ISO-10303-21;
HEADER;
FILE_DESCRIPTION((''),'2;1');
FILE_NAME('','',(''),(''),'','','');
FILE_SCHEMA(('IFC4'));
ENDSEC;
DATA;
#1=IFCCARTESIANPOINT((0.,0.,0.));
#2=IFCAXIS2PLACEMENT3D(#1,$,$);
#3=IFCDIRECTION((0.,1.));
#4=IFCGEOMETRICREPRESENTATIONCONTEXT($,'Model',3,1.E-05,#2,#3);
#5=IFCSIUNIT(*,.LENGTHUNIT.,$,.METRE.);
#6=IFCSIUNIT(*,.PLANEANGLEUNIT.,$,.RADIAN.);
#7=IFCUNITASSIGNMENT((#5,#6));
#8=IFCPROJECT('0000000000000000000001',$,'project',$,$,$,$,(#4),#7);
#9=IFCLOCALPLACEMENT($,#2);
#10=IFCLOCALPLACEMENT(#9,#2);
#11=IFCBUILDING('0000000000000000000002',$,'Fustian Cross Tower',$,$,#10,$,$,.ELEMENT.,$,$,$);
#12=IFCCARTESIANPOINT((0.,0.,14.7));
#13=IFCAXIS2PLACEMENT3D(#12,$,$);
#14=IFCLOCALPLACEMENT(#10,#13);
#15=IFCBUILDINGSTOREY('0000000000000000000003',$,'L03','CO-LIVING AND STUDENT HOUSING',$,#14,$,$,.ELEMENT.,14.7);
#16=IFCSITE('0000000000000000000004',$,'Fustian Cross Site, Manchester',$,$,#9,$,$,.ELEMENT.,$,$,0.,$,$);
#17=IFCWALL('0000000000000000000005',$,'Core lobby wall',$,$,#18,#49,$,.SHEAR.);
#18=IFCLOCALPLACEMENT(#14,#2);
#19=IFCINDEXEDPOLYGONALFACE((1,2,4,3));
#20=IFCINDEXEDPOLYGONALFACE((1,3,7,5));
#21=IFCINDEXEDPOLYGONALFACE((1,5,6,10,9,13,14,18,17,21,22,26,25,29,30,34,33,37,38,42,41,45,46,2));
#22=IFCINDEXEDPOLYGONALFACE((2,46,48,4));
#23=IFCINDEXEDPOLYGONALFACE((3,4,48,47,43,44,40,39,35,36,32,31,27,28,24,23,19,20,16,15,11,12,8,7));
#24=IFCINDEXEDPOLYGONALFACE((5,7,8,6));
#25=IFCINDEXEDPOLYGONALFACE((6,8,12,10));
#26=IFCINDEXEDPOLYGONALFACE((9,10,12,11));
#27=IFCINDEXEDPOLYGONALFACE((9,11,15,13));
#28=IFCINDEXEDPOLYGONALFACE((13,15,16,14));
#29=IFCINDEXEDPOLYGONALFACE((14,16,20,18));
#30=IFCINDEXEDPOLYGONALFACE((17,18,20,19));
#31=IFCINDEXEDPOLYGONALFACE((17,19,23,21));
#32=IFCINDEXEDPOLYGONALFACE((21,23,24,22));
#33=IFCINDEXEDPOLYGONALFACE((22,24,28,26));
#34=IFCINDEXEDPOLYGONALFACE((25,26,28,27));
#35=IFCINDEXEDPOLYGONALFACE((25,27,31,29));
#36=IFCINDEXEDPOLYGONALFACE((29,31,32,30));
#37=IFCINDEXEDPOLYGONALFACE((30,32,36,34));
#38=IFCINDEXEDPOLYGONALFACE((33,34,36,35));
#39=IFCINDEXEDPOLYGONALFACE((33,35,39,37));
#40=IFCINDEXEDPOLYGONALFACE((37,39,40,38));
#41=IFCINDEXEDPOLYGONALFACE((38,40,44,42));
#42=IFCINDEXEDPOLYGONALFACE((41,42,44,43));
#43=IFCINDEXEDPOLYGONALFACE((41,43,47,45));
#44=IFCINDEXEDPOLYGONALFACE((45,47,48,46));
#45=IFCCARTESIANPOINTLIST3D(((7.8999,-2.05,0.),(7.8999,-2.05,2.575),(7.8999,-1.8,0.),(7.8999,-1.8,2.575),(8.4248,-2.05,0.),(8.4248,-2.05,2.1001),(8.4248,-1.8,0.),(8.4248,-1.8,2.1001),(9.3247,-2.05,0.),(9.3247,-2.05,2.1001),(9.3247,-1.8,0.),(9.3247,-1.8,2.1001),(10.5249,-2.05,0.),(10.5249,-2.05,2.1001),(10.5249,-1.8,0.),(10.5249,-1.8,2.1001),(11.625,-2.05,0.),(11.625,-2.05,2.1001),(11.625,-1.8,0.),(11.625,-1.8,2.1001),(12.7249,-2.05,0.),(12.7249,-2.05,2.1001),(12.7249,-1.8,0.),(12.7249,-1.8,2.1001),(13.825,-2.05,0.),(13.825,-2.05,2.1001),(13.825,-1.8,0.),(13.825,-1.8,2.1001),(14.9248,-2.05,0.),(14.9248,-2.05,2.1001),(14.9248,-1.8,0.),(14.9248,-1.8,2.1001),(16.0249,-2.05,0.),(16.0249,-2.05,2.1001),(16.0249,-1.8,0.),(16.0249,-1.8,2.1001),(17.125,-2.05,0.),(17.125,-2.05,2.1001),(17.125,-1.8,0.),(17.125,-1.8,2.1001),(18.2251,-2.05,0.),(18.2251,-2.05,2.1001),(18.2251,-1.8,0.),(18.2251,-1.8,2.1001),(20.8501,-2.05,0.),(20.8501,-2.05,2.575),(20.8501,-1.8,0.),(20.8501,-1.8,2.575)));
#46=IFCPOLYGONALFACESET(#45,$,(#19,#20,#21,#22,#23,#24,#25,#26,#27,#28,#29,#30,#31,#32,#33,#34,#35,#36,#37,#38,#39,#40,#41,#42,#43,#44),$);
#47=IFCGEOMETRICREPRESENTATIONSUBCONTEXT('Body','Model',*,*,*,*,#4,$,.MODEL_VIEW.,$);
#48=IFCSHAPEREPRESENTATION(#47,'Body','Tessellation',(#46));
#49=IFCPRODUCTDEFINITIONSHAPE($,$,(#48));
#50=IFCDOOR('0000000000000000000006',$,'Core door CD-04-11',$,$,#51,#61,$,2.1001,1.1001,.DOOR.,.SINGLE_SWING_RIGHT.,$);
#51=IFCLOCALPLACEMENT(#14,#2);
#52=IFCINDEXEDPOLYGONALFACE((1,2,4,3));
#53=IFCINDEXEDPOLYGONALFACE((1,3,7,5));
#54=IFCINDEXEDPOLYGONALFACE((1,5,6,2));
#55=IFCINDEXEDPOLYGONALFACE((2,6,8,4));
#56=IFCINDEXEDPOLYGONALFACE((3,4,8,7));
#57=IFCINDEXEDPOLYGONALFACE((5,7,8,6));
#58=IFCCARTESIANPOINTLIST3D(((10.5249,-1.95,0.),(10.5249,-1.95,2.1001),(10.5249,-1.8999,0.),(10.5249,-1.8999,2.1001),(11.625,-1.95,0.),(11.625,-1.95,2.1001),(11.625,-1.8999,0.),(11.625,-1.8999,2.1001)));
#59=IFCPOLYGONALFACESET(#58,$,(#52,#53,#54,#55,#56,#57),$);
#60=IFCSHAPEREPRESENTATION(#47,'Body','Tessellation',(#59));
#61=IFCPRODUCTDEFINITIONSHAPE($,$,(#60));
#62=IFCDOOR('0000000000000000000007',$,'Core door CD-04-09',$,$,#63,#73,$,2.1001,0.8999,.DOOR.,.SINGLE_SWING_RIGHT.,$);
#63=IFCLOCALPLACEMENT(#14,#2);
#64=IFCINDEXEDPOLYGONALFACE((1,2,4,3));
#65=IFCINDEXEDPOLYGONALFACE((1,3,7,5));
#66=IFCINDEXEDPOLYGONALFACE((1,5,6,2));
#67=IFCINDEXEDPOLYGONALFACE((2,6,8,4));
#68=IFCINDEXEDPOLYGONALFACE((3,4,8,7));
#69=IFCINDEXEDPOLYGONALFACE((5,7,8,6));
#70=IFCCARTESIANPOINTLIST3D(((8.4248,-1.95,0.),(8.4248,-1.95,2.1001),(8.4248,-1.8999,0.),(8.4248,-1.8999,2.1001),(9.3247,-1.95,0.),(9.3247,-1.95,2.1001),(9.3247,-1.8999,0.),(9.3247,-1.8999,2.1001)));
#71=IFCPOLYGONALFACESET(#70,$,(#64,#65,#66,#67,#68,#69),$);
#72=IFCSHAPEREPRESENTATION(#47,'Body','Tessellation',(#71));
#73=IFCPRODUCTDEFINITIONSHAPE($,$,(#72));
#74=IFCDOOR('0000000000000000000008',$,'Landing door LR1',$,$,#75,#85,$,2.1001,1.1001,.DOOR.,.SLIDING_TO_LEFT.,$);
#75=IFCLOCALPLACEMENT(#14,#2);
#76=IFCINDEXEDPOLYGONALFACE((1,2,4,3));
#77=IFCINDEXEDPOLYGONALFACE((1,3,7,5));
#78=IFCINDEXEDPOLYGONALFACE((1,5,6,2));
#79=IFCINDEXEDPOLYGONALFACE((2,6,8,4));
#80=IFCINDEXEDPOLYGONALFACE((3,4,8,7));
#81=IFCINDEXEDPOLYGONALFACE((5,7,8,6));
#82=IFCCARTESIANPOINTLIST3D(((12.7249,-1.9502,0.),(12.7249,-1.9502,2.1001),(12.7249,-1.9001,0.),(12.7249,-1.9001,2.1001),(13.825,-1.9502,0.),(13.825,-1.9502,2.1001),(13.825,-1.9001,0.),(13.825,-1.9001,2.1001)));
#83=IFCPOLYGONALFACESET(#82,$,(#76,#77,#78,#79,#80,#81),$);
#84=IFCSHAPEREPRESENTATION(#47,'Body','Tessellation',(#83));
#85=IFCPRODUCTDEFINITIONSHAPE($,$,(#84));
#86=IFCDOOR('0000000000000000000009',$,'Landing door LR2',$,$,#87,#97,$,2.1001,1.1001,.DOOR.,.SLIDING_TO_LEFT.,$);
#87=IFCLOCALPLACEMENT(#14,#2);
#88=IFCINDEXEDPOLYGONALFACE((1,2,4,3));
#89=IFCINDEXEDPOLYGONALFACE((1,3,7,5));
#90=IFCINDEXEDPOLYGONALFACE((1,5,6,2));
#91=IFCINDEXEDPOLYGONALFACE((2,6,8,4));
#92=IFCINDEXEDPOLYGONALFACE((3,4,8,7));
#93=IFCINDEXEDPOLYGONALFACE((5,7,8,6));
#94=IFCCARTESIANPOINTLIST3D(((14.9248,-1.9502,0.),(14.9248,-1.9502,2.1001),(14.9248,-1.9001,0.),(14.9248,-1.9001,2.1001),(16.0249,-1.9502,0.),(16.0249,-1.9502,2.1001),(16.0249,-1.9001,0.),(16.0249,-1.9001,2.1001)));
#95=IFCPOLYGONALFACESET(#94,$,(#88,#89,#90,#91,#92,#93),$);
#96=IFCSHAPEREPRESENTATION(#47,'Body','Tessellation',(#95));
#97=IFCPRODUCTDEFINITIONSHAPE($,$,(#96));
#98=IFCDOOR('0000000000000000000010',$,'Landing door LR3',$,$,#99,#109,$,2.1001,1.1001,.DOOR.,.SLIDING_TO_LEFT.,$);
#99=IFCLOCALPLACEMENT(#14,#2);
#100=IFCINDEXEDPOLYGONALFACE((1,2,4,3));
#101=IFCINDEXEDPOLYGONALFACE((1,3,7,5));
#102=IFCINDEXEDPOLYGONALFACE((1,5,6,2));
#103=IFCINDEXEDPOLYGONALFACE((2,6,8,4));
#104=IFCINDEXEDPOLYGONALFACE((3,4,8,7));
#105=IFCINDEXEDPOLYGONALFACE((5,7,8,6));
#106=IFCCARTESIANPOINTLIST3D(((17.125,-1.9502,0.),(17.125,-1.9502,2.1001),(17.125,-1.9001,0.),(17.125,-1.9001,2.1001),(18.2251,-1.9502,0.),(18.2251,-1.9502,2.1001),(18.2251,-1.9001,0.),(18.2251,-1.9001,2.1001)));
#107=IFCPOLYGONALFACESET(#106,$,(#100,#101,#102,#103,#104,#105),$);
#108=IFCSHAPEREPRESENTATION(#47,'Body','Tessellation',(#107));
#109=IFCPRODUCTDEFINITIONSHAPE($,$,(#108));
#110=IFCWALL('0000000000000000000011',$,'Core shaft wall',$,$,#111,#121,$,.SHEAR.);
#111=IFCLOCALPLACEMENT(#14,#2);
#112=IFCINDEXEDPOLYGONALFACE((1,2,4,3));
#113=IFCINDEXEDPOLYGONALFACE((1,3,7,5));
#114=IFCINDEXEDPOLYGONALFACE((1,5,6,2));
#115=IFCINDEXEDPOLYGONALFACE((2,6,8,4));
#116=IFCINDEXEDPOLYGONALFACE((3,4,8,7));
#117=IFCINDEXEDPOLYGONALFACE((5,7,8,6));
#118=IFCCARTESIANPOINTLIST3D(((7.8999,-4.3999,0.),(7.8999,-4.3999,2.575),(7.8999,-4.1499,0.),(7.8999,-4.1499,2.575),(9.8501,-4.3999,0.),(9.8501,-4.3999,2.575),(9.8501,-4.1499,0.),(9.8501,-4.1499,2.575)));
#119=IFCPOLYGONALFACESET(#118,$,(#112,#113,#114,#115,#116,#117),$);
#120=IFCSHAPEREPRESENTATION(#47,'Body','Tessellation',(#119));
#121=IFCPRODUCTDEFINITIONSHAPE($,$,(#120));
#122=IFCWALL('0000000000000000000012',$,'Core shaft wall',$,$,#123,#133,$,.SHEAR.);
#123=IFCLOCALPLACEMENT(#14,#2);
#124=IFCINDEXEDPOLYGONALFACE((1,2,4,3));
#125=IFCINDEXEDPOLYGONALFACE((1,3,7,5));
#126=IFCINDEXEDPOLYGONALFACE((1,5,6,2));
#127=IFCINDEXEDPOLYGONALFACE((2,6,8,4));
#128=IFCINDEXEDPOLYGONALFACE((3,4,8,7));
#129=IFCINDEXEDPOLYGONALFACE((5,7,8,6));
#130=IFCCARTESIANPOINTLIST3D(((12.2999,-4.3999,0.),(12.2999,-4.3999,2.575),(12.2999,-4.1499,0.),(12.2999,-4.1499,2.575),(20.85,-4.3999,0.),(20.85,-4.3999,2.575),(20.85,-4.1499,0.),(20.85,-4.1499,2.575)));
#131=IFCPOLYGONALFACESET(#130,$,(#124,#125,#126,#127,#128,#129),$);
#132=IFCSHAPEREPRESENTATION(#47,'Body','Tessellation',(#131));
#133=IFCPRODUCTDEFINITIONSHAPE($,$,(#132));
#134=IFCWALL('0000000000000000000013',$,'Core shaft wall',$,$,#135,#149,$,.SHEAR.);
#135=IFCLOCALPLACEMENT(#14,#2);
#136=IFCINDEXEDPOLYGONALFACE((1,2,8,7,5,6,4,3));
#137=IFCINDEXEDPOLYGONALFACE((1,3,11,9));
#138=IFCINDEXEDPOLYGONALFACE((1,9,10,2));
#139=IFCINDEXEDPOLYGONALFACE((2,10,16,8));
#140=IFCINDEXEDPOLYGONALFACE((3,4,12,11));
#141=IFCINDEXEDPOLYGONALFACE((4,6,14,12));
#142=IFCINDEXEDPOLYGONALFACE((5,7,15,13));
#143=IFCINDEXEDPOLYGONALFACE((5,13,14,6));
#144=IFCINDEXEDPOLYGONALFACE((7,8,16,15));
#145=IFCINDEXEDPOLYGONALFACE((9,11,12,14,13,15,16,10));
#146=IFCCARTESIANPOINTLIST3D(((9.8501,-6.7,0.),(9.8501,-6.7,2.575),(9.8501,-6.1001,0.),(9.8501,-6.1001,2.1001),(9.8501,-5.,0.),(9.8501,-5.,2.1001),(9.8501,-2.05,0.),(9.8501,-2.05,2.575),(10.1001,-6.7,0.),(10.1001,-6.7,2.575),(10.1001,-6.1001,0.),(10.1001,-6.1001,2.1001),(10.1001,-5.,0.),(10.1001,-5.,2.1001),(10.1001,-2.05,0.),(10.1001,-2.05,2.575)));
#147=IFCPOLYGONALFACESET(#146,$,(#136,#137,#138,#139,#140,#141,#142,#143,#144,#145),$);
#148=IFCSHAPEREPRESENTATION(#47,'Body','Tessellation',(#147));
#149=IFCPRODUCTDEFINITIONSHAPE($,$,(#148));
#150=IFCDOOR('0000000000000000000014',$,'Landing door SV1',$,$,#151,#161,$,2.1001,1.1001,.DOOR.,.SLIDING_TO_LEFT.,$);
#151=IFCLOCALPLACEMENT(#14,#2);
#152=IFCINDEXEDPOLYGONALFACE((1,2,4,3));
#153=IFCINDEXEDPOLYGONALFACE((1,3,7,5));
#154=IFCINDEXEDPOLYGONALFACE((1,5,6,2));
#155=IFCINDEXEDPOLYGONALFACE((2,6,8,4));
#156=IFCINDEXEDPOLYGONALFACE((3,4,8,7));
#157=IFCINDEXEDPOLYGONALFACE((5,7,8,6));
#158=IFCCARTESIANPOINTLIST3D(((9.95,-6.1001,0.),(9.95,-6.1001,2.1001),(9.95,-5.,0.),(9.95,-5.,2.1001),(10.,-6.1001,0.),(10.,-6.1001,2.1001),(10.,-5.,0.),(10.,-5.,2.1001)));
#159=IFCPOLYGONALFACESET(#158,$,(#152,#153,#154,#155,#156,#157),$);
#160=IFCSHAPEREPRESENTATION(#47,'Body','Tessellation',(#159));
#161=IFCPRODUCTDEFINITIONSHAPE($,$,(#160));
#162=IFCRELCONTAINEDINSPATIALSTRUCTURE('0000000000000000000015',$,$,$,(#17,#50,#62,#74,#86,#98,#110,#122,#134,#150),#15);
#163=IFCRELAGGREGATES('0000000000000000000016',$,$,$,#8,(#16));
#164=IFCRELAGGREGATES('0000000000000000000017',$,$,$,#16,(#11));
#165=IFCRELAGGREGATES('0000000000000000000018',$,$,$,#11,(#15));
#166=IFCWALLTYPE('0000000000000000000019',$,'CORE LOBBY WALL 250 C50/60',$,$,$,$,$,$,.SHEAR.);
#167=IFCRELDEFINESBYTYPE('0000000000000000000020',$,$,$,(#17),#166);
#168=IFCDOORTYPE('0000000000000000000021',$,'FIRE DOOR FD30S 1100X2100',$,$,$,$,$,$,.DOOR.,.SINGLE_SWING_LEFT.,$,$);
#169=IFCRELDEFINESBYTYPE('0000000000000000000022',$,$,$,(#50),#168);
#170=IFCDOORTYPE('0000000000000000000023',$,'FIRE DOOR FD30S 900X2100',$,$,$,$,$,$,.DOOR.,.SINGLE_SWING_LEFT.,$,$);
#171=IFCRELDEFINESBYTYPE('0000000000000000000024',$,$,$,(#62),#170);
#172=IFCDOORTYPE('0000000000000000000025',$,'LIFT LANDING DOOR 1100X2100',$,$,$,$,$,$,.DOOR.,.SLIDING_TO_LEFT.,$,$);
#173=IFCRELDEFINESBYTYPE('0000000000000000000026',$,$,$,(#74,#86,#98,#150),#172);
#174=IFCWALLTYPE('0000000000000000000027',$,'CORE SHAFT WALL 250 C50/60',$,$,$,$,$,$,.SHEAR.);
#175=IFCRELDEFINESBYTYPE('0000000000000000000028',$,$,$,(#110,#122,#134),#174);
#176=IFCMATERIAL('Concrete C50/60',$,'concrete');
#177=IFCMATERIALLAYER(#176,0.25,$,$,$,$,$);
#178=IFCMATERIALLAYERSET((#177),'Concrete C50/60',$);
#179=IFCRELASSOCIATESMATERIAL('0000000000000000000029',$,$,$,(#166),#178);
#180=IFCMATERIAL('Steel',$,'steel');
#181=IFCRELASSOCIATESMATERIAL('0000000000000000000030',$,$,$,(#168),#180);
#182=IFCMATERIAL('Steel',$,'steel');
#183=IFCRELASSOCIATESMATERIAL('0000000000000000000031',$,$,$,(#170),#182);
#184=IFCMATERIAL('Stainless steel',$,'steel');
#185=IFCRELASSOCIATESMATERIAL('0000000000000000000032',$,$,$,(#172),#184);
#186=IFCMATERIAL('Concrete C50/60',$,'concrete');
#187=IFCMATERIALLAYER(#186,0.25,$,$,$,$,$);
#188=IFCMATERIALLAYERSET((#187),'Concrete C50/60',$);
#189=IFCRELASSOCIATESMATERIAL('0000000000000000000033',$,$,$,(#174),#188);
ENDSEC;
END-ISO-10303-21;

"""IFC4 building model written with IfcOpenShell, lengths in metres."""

from ifc_helpers import new_model, si_unit, direction, frame, frame_2d, origin, place, context, subcontext, project, spatial, rectangle, extrude, material, layer, layer_set, type_object, element, fill, save


model = new_model("IFC4")

# Units and contexts
model_context = context("Model", 3, precision=1e-05, world=origin(), true_north=direction((0.0, 1.0)))
body_context = subcontext(model_context, "Body", "Model", "MODEL_VIEW")
ifc_project = project(units=[si_unit("LENGTHUNIT", "METRE"), si_unit("PLANEANGLEUNIT", "RADIAN")], contexts=[model_context])

# Site, building, storey
site_placement = place(None, origin())
site = spatial("IfcSite", under=ifc_project, at=site_placement, Name="Fustian Cross Site, Manchester", CompositionType="ELEMENT", RefElevation=0.0)
building_placement = place(site_placement, origin())
building = spatial("IfcBuilding", under=site, at=building_placement, Name="Fustian Cross Tower", CompositionType="ELEMENT")
storey_placement = place(building_placement, frame((0.0, 0.0, 14.7)))
storey = spatial("IfcBuildingStorey", under=building, at=storey_placement, Name="L03", Description="CO-LIVING AND STUDENT HOUSING", CompositionType="ELEMENT", Elevation=14.7)

# Wall, openings, doors
ifc_material_1 = material(Name="Concrete C50/60", Category="concrete")
ifc_layer_1 = layer(ifc_material_1, 0.25)
ifc_layer_set_1 = layer_set([ifc_layer_1], Name="Concrete C50/60")
wall_type_1 = type_object("IfcWallType", Name="CORE LOBBY WALL 250 C50/60", PredefinedType="SHEAR", material=ifc_layer_set_1)
wall_1_placement = place(storey_placement, frame((7.8999, -1.925, 0.0), z_axis=(0.0, 0.0, 1.0), x_axis=(1.0, 0.0, 0.0)))
wall_1 = element("IfcWall", 1, at=wall_1_placement, inside=storey, type_object=wall_type_1, Name="Core lobby wall", PredefinedType="SHEAR", context=body_context, shape_type="SweptSolid", body=[
    extrude(rectangle(XDim=12.9502, YDim=0.25, at=frame_2d((6.4751, 0.0))), origin(), (0.0, 0.0, 1.0), 2.575),
])
opening_1_placement = place(wall_1_placement, frame((4.825, 0.0, 0.0)))
opening_1 = element("IfcOpeningElement", 2, at=opening_1_placement, cuts=wall_1, PredefinedType="OPENING", context=body_context, shape_type="SweptSolid", body=[
    extrude(rectangle(XDim=1.1001, YDim=2.1001, at=frame_2d((0.55, 1.05))), frame((0.0, 0.135, 0.0), z_axis=(0.0, -1.0, 0.0), x_axis=(1.0, 0.0, 0.0)), (0.0, 0.0, 1.0), 0.27),
])
opening_2_placement = place(wall_1_placement, frame((7.0249, 0.0, 0.0)))
opening_2 = element("IfcOpeningElement", 3, at=opening_2_placement, cuts=wall_1, PredefinedType="OPENING", context=body_context, shape_type="SweptSolid", body=[
    extrude(rectangle(XDim=1.1001, YDim=2.1001, at=frame_2d((0.55, 1.05))), frame((0.0, 0.135, 0.0), z_axis=(0.0, -1.0, 0.0), x_axis=(1.0, 0.0, 0.0)), (0.0, 0.0, 1.0), 0.27),
])
opening_3_placement = place(wall_1_placement, frame((9.2251, 0.0, 0.0)))
opening_3 = element("IfcOpeningElement", 4, at=opening_3_placement, cuts=wall_1, PredefinedType="OPENING", context=body_context, shape_type="SweptSolid", body=[
    extrude(rectangle(XDim=1.1001, YDim=2.1001, at=frame_2d((0.55, 1.05))), frame((0.0, 0.135, 0.0), z_axis=(0.0, -1.0, 0.0), x_axis=(1.0, 0.0, 0.0)), (0.0, 0.0, 1.0), 0.27),
])
opening_4_placement = place(wall_1_placement, frame((0.5249, 0.0, 0.0)))
opening_4 = element("IfcOpeningElement", 5, at=opening_4_placement, cuts=wall_1, PredefinedType="OPENING", context=body_context, shape_type="SweptSolid", body=[
    extrude(rectangle(XDim=0.8999, YDim=2.1001, at=frame_2d((0.45, 1.05))), frame((0.0, 0.135, 0.0), z_axis=(0.0, -1.0, 0.0), x_axis=(1.0, 0.0, 0.0)), (0.0, 0.0, 1.0), 0.27),
])
opening_5_placement = place(wall_1_placement, frame((2.625, 0.0, 0.0)))
opening_5 = element("IfcOpeningElement", 6, at=opening_5_placement, cuts=wall_1, PredefinedType="OPENING", context=body_context, shape_type="SweptSolid", body=[
    extrude(rectangle(XDim=1.1001, YDim=2.1001, at=frame_2d((0.55, 1.05))), frame((0.0, 0.135, 0.0), z_axis=(0.0, -1.0, 0.0), x_axis=(1.0, 0.0, 0.0)), (0.0, 0.0, 1.0), 0.27),
])
ifc_material_2 = material(Name="Steel", Category="steel")
door_type_1 = type_object("IfcDoorType", Name="FIRE DOOR FD30S 1100X2100", OperationType="SINGLE_SWING_LEFT", PredefinedType="DOOR", material=ifc_material_2)
door_1_placement = place(opening_5_placement, frame((1.1001, 0.0, 0.0), z_axis=(0.0, 0.0, 1.0), x_axis=(-1.0, 0.0, 0.0)))
door_1 = element("IfcDoor", 7, at=door_1_placement, inside=storey, type_object=door_type_1, Name="Core door CD-04-11", OperationType="SINGLE_SWING_RIGHT", OverallHeight=2.1001, OverallWidth=1.1001, PredefinedType="DOOR", context=body_context, shape_type="SweptSolid", body=[
    extrude(rectangle(XDim=1.1001, YDim=2.1001, at=frame_2d((0.55, 1.05))), frame((0.0, 0.0249, 0.0), z_axis=(0.0, -1.0, 0.0), x_axis=(1.0, 0.0, 0.0)), (0.0, 0.0, 1.0), 0.05),
])
fill(opening_5, door_1)
ifc_material_3 = material(Name="Steel", Category="steel")
door_type_2 = type_object("IfcDoorType", Name="FIRE DOOR FD30S 900X2100", OperationType="SINGLE_SWING_LEFT", PredefinedType="DOOR", material=ifc_material_3)
door_2_placement = place(opening_4_placement, frame((0.8999, 0.0, 0.0), z_axis=(0.0, 0.0, 1.0), x_axis=(-1.0, 0.0, 0.0)))
door_2 = element("IfcDoor", 8, at=door_2_placement, inside=storey, type_object=door_type_2, Name="Core door CD-04-09", OperationType="SINGLE_SWING_RIGHT", OverallHeight=2.1001, OverallWidth=0.8999, PredefinedType="DOOR", context=body_context, shape_type="SweptSolid", body=[
    extrude(rectangle(XDim=0.8999, YDim=2.1001, at=frame_2d((0.45, 1.05))), frame((0.0, 0.0249, 0.0), z_axis=(0.0, -1.0, 0.0), x_axis=(1.0, 0.0, 0.0)), (0.0, 0.0, 1.0), 0.05),
])
fill(opening_4, door_2)
ifc_material_4 = material(Name="Stainless steel", Category="steel")
door_type_3 = type_object("IfcDoorType", Name="LIFT LANDING DOOR 1100X2100", OperationType="SLIDING_TO_LEFT", PredefinedType="DOOR", material=ifc_material_4)
door_3_placement = place(opening_1_placement, origin())
door_3 = element("IfcDoor", 9, at=door_3_placement, inside=storey, type_object=door_type_3, Name="Landing door LR1", OperationType="SLIDING_TO_LEFT", OverallHeight=2.1001, OverallWidth=1.1001, PredefinedType="DOOR", context=body_context, shape_type="SweptSolid", body=[
    extrude(rectangle(XDim=1.1001, YDim=2.1001, at=frame_2d((0.55, 1.05))), frame((0.0, 0.0249, 0.0), z_axis=(0.0, -1.0, 0.0), x_axis=(1.0, 0.0, 0.0)), (0.0, 0.0, 1.0), 0.05),
])
fill(opening_1, door_3)
door_4_placement = place(opening_2_placement, origin())
door_4 = element("IfcDoor", 10, at=door_4_placement, inside=storey, type_object=door_type_3, Name="Landing door LR2", OperationType="SLIDING_TO_LEFT", OverallHeight=2.1001, OverallWidth=1.1001, PredefinedType="DOOR", context=body_context, shape_type="SweptSolid", body=[
    extrude(rectangle(XDim=1.1001, YDim=2.1001, at=frame_2d((0.55, 1.05))), frame((0.0, 0.0249, 0.0), z_axis=(0.0, -1.0, 0.0), x_axis=(1.0, 0.0, 0.0)), (0.0, 0.0, 1.0), 0.05),
])
fill(opening_2, door_4)
door_5_placement = place(opening_3_placement, origin())
door_5 = element("IfcDoor", 11, at=door_5_placement, inside=storey, type_object=door_type_3, Name="Landing door LR3", OperationType="SLIDING_TO_LEFT", OverallHeight=2.1001, OverallWidth=1.1001, PredefinedType="DOOR", context=body_context, shape_type="SweptSolid", body=[
    extrude(rectangle(XDim=1.1001, YDim=2.1001, at=frame_2d((0.55, 1.05))), frame((0.0, 0.0249, 0.0), z_axis=(0.0, -1.0, 0.0), x_axis=(1.0, 0.0, 0.0)), (0.0, 0.0, 1.0), 0.05),
])
fill(opening_3, door_5)

# Walls
ifc_material_5 = material(Name="Concrete C50/60", Category="concrete")
ifc_layer_2 = layer(ifc_material_5, 0.25)
ifc_layer_set_2 = layer_set([ifc_layer_2], Name="Concrete C50/60")
wall_type_2 = type_object("IfcWallType", Name="CORE SHAFT WALL 250 C50/60", PredefinedType="SHEAR", material=ifc_layer_set_2)
wall_2_placement = place(storey_placement, frame((7.8999, -4.2749, 0.0), z_axis=(0.0, 0.0, 1.0), x_axis=(1.0, 0.0, 0.0)))
element("IfcWall", 12, at=wall_2_placement, inside=storey, type_object=wall_type_2, Name="Core shaft wall", PredefinedType="SHEAR", context=body_context, shape_type="SweptSolid", body=[
    extrude(rectangle(XDim=1.9502, YDim=0.25, at=frame_2d((0.9751, 0.0))), origin(), (0.0, 0.0, 1.0), 2.575),
])
wall_3_placement = place(storey_placement, frame((12.3, -4.2749, 0.0), z_axis=(0.0, 0.0, 1.0), x_axis=(1.0, 0.0, 0.0)))
element("IfcWall", 13, at=wall_3_placement, inside=storey, type_object=wall_type_2, Name="Core shaft wall", PredefinedType="SHEAR", context=body_context, shape_type="SweptSolid", body=[
    extrude(rectangle(XDim=8.55, YDim=0.25, at=frame_2d((4.2749, 0.0))), origin(), (0.0, 0.0, 1.0), 2.575),
])

# Wall, opening, door
wall_4_placement = place(storey_placement, frame((9.9751, -2.05, 0.0), z_axis=(0.0, 0.0, 1.0), x_axis=(0.0, -1.0, 0.0)))
wall_4 = element("IfcWall", 14, at=wall_4_placement, inside=storey, type_object=wall_type_2, Name="Core shaft wall", PredefinedType="SHEAR", context=body_context, shape_type="SweptSolid", body=[
    extrude(rectangle(XDim=4.6499, YDim=0.25, at=frame_2d((2.325, 0.0))), origin(), (0.0, 0.0, 1.0), 2.575),
])
opening_6_placement = place(wall_4_placement, frame((2.95, 0.0, 0.0)))
opening_6 = element("IfcOpeningElement", 15, at=opening_6_placement, cuts=wall_4, PredefinedType="OPENING", context=body_context, shape_type="SweptSolid", body=[
    extrude(rectangle(XDim=1.1001, YDim=2.1001, at=frame_2d((0.55, 1.05))), frame((0.0, 0.135, 0.0), z_axis=(0.0, -1.0, 0.0), x_axis=(1.0, 0.0, 0.0)), (0.0, 0.0, 1.0), 0.27),
])
door_6_placement = place(opening_6_placement, origin())
door_6 = element("IfcDoor", 16, at=door_6_placement, inside=storey, type_object=door_type_3, Name="Landing door SV1", OperationType="SLIDING_TO_LEFT", OverallHeight=2.1001, OverallWidth=1.1001, PredefinedType="DOOR", context=body_context, shape_type="SweptSolid", body=[
    extrude(rectangle(XDim=1.1001, YDim=2.1001, at=frame_2d((0.55, 1.05))), frame((0.0, 0.0249, 0.0), z_axis=(0.0, -1.0, 0.0), x_axis=(1.0, 0.0, 0.0)), (0.0, 0.0, 1.0), 0.05),
])
fill(opening_6, door_6)

save(model, "model.ifc")
